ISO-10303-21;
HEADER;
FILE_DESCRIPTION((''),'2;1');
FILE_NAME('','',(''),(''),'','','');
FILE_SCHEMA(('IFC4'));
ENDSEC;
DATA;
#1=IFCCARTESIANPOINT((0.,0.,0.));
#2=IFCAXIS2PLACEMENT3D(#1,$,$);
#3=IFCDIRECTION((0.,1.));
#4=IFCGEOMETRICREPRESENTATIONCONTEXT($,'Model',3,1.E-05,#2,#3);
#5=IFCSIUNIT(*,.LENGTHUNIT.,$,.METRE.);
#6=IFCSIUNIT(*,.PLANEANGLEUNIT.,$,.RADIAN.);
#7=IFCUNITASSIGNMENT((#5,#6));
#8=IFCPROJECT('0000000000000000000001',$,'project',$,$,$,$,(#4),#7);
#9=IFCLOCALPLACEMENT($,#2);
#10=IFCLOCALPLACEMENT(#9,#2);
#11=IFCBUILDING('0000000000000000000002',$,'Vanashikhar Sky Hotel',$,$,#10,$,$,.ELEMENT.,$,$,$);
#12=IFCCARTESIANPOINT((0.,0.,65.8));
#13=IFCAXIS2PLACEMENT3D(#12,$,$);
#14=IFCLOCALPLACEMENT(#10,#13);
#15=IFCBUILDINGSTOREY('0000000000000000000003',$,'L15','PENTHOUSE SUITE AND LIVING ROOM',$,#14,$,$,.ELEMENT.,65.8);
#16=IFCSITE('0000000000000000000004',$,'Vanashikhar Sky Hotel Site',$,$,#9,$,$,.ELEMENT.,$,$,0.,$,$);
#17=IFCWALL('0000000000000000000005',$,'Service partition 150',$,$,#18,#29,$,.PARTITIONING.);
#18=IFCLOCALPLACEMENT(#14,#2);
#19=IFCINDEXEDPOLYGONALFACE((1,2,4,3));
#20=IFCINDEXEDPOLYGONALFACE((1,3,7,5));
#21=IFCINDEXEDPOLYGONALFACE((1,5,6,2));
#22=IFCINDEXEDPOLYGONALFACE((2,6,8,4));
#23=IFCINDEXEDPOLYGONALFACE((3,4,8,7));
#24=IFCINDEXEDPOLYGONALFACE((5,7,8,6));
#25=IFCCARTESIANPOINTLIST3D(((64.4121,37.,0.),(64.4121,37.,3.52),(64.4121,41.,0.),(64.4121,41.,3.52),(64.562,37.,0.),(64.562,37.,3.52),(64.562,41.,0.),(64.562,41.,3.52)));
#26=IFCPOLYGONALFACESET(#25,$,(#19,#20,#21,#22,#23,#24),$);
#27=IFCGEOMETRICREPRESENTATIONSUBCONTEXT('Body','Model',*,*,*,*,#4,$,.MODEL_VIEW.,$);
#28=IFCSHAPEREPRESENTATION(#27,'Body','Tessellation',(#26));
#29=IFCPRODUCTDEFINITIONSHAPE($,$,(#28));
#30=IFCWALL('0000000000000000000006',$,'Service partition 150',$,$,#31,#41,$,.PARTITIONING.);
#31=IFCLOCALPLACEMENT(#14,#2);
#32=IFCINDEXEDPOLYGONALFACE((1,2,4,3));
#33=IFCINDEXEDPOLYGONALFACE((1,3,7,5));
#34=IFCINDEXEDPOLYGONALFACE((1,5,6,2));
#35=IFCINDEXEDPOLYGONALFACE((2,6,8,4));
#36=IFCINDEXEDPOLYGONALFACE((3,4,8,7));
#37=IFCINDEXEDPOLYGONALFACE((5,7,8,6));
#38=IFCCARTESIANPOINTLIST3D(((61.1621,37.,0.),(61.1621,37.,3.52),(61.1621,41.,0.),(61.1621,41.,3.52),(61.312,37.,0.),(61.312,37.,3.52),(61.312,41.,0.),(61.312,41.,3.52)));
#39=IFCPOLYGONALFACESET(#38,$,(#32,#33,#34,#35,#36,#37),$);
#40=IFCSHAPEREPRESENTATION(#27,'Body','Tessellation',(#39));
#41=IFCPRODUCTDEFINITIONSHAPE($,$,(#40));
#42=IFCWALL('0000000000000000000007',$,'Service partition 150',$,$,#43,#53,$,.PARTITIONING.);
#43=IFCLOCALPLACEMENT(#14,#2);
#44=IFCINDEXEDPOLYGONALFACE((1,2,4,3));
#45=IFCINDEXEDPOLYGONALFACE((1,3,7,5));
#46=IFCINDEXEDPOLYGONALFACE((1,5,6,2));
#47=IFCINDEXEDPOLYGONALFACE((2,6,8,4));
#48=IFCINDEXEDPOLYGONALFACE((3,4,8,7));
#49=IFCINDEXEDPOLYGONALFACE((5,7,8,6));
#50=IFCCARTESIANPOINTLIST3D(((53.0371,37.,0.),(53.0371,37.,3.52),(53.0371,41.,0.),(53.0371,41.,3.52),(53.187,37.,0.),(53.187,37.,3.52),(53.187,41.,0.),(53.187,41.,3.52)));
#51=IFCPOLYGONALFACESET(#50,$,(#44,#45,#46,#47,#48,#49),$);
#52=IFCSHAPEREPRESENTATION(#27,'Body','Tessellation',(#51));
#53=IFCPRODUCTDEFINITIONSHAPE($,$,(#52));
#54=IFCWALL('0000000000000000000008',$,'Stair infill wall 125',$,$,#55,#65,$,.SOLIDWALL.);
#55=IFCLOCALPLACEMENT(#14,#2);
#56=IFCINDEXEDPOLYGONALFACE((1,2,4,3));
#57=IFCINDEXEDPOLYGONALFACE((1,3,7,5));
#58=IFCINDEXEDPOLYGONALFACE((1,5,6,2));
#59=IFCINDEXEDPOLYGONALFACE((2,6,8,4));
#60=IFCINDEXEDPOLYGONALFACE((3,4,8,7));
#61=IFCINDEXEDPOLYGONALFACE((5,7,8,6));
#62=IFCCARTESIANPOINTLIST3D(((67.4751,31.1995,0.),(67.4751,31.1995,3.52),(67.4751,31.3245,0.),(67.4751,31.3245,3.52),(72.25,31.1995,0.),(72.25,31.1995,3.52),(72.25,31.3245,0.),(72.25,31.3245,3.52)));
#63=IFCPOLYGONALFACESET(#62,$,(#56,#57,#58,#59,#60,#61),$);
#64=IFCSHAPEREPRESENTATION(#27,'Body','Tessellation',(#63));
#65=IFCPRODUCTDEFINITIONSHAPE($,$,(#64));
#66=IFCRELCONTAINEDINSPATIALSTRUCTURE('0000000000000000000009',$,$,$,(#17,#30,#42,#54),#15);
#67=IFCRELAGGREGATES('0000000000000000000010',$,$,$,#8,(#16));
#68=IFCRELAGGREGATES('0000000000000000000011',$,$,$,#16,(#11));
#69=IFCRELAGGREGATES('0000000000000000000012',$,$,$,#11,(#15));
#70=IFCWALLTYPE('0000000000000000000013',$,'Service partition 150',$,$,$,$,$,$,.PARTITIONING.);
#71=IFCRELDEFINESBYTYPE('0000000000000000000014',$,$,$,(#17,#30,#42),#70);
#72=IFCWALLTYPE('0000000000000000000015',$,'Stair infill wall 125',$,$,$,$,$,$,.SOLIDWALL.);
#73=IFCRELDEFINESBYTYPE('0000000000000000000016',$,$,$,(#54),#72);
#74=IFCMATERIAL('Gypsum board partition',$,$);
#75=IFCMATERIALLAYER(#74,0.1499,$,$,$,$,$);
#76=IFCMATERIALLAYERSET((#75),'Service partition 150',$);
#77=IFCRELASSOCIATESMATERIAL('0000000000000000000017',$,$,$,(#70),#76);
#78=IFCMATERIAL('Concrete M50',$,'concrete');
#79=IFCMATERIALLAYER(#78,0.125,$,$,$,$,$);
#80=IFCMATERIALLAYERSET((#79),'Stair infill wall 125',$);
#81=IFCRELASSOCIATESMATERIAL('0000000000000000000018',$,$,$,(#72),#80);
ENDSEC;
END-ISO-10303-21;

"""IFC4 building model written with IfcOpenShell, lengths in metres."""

from ifc_helpers import new_model, si_unit, direction, frame, frame_2d, origin, place, context, subcontext, project, spatial, rectangle, extrude, source, transform, mapped, material, layer, layer_set, type_object, element, save


model = new_model("IFC4")

# Units and contexts
model_context = context("Model", 3, precision=1e-05, world=origin(), true_north=direction((0.0, 1.0)))
body_context = subcontext(model_context, "Body", "Model", "MODEL_VIEW")
ifc_project = project(units=[si_unit("LENGTHUNIT", "METRE"), si_unit("PLANEANGLEUNIT", "RADIAN")], contexts=[model_context])

# Site, building, storey
site_placement = place(None, origin())
site = spatial("IfcSite", under=ifc_project, at=site_placement, Name="Vanashikhar Sky Hotel Site", CompositionType="ELEMENT", RefElevation=0.0)
building_placement = place(site_placement, origin())
building = spatial("IfcBuilding", under=site, at=building_placement, Name="Vanashikhar Sky Hotel", CompositionType="ELEMENT")
storey_placement = place(building_placement, frame((0.0, 0.0, 65.8)))
storey = spatial("IfcBuildingStorey", under=building, at=storey_placement, Name="L15", Description="PENTHOUSE SUITE AND LIVING ROOM", CompositionType="ELEMENT", Elevation=65.8)

# Shared definitions
ifc_material_1 = material(Name="Gypsum board partition")
ifc_layer_1 = layer(ifc_material_1, 0.1499)
ifc_layer_set_1 = layer_set([ifc_layer_1], Name="Service partition 150")
wall_type_1 = type_object("IfcWallType", Name="Service partition 150", PredefinedType="PARTITIONING", material=ifc_layer_set_1)

# Walls
shared_shape_1 = source(origin(), body_context, "Body", "SweptSolid", [
    extrude(rectangle(XDim=4.0, YDim=0.1499, at=frame_2d((2.0, 0.0))), origin(), (0.0, 0.0, 1.0), 3.52),
])
for number, where, z_axis, x_axis, name in (
    (1, (64.4871, 37.0, 0.0), (0.0, 0.0, 1.0), (0.0, 1.0, 0.0), "Service partition 150"),
    (2, (61.2371, 37.0, 0.0), (0.0, 0.0, 1.0), (0.0, 1.0, 0.0), "Service partition 150"),
    (3, (53.1121, 37.0, 0.0), (0.0, 0.0, 1.0), (0.0, 1.0, 0.0), "Service partition 150"),
):
    element("IfcWall", number, at=place(storey_placement, frame(where, z_axis=z_axis, x_axis=x_axis)), inside=storey, type_object=wall_type_1, Name=name, PredefinedType="PARTITIONING", context=body_context, shape_type="MappedRepresentation", body=[
        mapped(shared_shape_1, transform((0.0, 0.0, 0.0), scale=1.0)),
    ])
ifc_material_2 = material(Name="Concrete M50", Category="concrete")
ifc_layer_2 = layer(ifc_material_2, 0.125)
ifc_layer_set_2 = layer_set([ifc_layer_2], Name="Stair infill wall 125")
wall_type_2 = type_object("IfcWallType", Name="Stair infill wall 125", PredefinedType="SOLIDWALL", material=ifc_layer_set_2)
shared_shape_2 = source(origin(), body_context, "Body", "SweptSolid", [
    extrude(rectangle(XDim=4.7749, YDim=0.125, at=frame_2d((2.3875, 0.0))), origin(), (0.0, 0.0, 1.0), 3.52),
])
wall_1_placement = place(storey_placement, frame((67.4751, 31.262, 0.0), z_axis=(0.0, 0.0, 1.0), x_axis=(1.0, 0.0, 0.0)))
element("IfcWall", 4, at=wall_1_placement, inside=storey, type_object=wall_type_2, Name="Stair infill wall 125", PredefinedType="SOLIDWALL", context=body_context, shape_type="MappedRepresentation", body=[
    mapped(shared_shape_2, transform((0.0, 0.0, 0.0), scale=1.0)),
])

save(model, "model.ifc")
